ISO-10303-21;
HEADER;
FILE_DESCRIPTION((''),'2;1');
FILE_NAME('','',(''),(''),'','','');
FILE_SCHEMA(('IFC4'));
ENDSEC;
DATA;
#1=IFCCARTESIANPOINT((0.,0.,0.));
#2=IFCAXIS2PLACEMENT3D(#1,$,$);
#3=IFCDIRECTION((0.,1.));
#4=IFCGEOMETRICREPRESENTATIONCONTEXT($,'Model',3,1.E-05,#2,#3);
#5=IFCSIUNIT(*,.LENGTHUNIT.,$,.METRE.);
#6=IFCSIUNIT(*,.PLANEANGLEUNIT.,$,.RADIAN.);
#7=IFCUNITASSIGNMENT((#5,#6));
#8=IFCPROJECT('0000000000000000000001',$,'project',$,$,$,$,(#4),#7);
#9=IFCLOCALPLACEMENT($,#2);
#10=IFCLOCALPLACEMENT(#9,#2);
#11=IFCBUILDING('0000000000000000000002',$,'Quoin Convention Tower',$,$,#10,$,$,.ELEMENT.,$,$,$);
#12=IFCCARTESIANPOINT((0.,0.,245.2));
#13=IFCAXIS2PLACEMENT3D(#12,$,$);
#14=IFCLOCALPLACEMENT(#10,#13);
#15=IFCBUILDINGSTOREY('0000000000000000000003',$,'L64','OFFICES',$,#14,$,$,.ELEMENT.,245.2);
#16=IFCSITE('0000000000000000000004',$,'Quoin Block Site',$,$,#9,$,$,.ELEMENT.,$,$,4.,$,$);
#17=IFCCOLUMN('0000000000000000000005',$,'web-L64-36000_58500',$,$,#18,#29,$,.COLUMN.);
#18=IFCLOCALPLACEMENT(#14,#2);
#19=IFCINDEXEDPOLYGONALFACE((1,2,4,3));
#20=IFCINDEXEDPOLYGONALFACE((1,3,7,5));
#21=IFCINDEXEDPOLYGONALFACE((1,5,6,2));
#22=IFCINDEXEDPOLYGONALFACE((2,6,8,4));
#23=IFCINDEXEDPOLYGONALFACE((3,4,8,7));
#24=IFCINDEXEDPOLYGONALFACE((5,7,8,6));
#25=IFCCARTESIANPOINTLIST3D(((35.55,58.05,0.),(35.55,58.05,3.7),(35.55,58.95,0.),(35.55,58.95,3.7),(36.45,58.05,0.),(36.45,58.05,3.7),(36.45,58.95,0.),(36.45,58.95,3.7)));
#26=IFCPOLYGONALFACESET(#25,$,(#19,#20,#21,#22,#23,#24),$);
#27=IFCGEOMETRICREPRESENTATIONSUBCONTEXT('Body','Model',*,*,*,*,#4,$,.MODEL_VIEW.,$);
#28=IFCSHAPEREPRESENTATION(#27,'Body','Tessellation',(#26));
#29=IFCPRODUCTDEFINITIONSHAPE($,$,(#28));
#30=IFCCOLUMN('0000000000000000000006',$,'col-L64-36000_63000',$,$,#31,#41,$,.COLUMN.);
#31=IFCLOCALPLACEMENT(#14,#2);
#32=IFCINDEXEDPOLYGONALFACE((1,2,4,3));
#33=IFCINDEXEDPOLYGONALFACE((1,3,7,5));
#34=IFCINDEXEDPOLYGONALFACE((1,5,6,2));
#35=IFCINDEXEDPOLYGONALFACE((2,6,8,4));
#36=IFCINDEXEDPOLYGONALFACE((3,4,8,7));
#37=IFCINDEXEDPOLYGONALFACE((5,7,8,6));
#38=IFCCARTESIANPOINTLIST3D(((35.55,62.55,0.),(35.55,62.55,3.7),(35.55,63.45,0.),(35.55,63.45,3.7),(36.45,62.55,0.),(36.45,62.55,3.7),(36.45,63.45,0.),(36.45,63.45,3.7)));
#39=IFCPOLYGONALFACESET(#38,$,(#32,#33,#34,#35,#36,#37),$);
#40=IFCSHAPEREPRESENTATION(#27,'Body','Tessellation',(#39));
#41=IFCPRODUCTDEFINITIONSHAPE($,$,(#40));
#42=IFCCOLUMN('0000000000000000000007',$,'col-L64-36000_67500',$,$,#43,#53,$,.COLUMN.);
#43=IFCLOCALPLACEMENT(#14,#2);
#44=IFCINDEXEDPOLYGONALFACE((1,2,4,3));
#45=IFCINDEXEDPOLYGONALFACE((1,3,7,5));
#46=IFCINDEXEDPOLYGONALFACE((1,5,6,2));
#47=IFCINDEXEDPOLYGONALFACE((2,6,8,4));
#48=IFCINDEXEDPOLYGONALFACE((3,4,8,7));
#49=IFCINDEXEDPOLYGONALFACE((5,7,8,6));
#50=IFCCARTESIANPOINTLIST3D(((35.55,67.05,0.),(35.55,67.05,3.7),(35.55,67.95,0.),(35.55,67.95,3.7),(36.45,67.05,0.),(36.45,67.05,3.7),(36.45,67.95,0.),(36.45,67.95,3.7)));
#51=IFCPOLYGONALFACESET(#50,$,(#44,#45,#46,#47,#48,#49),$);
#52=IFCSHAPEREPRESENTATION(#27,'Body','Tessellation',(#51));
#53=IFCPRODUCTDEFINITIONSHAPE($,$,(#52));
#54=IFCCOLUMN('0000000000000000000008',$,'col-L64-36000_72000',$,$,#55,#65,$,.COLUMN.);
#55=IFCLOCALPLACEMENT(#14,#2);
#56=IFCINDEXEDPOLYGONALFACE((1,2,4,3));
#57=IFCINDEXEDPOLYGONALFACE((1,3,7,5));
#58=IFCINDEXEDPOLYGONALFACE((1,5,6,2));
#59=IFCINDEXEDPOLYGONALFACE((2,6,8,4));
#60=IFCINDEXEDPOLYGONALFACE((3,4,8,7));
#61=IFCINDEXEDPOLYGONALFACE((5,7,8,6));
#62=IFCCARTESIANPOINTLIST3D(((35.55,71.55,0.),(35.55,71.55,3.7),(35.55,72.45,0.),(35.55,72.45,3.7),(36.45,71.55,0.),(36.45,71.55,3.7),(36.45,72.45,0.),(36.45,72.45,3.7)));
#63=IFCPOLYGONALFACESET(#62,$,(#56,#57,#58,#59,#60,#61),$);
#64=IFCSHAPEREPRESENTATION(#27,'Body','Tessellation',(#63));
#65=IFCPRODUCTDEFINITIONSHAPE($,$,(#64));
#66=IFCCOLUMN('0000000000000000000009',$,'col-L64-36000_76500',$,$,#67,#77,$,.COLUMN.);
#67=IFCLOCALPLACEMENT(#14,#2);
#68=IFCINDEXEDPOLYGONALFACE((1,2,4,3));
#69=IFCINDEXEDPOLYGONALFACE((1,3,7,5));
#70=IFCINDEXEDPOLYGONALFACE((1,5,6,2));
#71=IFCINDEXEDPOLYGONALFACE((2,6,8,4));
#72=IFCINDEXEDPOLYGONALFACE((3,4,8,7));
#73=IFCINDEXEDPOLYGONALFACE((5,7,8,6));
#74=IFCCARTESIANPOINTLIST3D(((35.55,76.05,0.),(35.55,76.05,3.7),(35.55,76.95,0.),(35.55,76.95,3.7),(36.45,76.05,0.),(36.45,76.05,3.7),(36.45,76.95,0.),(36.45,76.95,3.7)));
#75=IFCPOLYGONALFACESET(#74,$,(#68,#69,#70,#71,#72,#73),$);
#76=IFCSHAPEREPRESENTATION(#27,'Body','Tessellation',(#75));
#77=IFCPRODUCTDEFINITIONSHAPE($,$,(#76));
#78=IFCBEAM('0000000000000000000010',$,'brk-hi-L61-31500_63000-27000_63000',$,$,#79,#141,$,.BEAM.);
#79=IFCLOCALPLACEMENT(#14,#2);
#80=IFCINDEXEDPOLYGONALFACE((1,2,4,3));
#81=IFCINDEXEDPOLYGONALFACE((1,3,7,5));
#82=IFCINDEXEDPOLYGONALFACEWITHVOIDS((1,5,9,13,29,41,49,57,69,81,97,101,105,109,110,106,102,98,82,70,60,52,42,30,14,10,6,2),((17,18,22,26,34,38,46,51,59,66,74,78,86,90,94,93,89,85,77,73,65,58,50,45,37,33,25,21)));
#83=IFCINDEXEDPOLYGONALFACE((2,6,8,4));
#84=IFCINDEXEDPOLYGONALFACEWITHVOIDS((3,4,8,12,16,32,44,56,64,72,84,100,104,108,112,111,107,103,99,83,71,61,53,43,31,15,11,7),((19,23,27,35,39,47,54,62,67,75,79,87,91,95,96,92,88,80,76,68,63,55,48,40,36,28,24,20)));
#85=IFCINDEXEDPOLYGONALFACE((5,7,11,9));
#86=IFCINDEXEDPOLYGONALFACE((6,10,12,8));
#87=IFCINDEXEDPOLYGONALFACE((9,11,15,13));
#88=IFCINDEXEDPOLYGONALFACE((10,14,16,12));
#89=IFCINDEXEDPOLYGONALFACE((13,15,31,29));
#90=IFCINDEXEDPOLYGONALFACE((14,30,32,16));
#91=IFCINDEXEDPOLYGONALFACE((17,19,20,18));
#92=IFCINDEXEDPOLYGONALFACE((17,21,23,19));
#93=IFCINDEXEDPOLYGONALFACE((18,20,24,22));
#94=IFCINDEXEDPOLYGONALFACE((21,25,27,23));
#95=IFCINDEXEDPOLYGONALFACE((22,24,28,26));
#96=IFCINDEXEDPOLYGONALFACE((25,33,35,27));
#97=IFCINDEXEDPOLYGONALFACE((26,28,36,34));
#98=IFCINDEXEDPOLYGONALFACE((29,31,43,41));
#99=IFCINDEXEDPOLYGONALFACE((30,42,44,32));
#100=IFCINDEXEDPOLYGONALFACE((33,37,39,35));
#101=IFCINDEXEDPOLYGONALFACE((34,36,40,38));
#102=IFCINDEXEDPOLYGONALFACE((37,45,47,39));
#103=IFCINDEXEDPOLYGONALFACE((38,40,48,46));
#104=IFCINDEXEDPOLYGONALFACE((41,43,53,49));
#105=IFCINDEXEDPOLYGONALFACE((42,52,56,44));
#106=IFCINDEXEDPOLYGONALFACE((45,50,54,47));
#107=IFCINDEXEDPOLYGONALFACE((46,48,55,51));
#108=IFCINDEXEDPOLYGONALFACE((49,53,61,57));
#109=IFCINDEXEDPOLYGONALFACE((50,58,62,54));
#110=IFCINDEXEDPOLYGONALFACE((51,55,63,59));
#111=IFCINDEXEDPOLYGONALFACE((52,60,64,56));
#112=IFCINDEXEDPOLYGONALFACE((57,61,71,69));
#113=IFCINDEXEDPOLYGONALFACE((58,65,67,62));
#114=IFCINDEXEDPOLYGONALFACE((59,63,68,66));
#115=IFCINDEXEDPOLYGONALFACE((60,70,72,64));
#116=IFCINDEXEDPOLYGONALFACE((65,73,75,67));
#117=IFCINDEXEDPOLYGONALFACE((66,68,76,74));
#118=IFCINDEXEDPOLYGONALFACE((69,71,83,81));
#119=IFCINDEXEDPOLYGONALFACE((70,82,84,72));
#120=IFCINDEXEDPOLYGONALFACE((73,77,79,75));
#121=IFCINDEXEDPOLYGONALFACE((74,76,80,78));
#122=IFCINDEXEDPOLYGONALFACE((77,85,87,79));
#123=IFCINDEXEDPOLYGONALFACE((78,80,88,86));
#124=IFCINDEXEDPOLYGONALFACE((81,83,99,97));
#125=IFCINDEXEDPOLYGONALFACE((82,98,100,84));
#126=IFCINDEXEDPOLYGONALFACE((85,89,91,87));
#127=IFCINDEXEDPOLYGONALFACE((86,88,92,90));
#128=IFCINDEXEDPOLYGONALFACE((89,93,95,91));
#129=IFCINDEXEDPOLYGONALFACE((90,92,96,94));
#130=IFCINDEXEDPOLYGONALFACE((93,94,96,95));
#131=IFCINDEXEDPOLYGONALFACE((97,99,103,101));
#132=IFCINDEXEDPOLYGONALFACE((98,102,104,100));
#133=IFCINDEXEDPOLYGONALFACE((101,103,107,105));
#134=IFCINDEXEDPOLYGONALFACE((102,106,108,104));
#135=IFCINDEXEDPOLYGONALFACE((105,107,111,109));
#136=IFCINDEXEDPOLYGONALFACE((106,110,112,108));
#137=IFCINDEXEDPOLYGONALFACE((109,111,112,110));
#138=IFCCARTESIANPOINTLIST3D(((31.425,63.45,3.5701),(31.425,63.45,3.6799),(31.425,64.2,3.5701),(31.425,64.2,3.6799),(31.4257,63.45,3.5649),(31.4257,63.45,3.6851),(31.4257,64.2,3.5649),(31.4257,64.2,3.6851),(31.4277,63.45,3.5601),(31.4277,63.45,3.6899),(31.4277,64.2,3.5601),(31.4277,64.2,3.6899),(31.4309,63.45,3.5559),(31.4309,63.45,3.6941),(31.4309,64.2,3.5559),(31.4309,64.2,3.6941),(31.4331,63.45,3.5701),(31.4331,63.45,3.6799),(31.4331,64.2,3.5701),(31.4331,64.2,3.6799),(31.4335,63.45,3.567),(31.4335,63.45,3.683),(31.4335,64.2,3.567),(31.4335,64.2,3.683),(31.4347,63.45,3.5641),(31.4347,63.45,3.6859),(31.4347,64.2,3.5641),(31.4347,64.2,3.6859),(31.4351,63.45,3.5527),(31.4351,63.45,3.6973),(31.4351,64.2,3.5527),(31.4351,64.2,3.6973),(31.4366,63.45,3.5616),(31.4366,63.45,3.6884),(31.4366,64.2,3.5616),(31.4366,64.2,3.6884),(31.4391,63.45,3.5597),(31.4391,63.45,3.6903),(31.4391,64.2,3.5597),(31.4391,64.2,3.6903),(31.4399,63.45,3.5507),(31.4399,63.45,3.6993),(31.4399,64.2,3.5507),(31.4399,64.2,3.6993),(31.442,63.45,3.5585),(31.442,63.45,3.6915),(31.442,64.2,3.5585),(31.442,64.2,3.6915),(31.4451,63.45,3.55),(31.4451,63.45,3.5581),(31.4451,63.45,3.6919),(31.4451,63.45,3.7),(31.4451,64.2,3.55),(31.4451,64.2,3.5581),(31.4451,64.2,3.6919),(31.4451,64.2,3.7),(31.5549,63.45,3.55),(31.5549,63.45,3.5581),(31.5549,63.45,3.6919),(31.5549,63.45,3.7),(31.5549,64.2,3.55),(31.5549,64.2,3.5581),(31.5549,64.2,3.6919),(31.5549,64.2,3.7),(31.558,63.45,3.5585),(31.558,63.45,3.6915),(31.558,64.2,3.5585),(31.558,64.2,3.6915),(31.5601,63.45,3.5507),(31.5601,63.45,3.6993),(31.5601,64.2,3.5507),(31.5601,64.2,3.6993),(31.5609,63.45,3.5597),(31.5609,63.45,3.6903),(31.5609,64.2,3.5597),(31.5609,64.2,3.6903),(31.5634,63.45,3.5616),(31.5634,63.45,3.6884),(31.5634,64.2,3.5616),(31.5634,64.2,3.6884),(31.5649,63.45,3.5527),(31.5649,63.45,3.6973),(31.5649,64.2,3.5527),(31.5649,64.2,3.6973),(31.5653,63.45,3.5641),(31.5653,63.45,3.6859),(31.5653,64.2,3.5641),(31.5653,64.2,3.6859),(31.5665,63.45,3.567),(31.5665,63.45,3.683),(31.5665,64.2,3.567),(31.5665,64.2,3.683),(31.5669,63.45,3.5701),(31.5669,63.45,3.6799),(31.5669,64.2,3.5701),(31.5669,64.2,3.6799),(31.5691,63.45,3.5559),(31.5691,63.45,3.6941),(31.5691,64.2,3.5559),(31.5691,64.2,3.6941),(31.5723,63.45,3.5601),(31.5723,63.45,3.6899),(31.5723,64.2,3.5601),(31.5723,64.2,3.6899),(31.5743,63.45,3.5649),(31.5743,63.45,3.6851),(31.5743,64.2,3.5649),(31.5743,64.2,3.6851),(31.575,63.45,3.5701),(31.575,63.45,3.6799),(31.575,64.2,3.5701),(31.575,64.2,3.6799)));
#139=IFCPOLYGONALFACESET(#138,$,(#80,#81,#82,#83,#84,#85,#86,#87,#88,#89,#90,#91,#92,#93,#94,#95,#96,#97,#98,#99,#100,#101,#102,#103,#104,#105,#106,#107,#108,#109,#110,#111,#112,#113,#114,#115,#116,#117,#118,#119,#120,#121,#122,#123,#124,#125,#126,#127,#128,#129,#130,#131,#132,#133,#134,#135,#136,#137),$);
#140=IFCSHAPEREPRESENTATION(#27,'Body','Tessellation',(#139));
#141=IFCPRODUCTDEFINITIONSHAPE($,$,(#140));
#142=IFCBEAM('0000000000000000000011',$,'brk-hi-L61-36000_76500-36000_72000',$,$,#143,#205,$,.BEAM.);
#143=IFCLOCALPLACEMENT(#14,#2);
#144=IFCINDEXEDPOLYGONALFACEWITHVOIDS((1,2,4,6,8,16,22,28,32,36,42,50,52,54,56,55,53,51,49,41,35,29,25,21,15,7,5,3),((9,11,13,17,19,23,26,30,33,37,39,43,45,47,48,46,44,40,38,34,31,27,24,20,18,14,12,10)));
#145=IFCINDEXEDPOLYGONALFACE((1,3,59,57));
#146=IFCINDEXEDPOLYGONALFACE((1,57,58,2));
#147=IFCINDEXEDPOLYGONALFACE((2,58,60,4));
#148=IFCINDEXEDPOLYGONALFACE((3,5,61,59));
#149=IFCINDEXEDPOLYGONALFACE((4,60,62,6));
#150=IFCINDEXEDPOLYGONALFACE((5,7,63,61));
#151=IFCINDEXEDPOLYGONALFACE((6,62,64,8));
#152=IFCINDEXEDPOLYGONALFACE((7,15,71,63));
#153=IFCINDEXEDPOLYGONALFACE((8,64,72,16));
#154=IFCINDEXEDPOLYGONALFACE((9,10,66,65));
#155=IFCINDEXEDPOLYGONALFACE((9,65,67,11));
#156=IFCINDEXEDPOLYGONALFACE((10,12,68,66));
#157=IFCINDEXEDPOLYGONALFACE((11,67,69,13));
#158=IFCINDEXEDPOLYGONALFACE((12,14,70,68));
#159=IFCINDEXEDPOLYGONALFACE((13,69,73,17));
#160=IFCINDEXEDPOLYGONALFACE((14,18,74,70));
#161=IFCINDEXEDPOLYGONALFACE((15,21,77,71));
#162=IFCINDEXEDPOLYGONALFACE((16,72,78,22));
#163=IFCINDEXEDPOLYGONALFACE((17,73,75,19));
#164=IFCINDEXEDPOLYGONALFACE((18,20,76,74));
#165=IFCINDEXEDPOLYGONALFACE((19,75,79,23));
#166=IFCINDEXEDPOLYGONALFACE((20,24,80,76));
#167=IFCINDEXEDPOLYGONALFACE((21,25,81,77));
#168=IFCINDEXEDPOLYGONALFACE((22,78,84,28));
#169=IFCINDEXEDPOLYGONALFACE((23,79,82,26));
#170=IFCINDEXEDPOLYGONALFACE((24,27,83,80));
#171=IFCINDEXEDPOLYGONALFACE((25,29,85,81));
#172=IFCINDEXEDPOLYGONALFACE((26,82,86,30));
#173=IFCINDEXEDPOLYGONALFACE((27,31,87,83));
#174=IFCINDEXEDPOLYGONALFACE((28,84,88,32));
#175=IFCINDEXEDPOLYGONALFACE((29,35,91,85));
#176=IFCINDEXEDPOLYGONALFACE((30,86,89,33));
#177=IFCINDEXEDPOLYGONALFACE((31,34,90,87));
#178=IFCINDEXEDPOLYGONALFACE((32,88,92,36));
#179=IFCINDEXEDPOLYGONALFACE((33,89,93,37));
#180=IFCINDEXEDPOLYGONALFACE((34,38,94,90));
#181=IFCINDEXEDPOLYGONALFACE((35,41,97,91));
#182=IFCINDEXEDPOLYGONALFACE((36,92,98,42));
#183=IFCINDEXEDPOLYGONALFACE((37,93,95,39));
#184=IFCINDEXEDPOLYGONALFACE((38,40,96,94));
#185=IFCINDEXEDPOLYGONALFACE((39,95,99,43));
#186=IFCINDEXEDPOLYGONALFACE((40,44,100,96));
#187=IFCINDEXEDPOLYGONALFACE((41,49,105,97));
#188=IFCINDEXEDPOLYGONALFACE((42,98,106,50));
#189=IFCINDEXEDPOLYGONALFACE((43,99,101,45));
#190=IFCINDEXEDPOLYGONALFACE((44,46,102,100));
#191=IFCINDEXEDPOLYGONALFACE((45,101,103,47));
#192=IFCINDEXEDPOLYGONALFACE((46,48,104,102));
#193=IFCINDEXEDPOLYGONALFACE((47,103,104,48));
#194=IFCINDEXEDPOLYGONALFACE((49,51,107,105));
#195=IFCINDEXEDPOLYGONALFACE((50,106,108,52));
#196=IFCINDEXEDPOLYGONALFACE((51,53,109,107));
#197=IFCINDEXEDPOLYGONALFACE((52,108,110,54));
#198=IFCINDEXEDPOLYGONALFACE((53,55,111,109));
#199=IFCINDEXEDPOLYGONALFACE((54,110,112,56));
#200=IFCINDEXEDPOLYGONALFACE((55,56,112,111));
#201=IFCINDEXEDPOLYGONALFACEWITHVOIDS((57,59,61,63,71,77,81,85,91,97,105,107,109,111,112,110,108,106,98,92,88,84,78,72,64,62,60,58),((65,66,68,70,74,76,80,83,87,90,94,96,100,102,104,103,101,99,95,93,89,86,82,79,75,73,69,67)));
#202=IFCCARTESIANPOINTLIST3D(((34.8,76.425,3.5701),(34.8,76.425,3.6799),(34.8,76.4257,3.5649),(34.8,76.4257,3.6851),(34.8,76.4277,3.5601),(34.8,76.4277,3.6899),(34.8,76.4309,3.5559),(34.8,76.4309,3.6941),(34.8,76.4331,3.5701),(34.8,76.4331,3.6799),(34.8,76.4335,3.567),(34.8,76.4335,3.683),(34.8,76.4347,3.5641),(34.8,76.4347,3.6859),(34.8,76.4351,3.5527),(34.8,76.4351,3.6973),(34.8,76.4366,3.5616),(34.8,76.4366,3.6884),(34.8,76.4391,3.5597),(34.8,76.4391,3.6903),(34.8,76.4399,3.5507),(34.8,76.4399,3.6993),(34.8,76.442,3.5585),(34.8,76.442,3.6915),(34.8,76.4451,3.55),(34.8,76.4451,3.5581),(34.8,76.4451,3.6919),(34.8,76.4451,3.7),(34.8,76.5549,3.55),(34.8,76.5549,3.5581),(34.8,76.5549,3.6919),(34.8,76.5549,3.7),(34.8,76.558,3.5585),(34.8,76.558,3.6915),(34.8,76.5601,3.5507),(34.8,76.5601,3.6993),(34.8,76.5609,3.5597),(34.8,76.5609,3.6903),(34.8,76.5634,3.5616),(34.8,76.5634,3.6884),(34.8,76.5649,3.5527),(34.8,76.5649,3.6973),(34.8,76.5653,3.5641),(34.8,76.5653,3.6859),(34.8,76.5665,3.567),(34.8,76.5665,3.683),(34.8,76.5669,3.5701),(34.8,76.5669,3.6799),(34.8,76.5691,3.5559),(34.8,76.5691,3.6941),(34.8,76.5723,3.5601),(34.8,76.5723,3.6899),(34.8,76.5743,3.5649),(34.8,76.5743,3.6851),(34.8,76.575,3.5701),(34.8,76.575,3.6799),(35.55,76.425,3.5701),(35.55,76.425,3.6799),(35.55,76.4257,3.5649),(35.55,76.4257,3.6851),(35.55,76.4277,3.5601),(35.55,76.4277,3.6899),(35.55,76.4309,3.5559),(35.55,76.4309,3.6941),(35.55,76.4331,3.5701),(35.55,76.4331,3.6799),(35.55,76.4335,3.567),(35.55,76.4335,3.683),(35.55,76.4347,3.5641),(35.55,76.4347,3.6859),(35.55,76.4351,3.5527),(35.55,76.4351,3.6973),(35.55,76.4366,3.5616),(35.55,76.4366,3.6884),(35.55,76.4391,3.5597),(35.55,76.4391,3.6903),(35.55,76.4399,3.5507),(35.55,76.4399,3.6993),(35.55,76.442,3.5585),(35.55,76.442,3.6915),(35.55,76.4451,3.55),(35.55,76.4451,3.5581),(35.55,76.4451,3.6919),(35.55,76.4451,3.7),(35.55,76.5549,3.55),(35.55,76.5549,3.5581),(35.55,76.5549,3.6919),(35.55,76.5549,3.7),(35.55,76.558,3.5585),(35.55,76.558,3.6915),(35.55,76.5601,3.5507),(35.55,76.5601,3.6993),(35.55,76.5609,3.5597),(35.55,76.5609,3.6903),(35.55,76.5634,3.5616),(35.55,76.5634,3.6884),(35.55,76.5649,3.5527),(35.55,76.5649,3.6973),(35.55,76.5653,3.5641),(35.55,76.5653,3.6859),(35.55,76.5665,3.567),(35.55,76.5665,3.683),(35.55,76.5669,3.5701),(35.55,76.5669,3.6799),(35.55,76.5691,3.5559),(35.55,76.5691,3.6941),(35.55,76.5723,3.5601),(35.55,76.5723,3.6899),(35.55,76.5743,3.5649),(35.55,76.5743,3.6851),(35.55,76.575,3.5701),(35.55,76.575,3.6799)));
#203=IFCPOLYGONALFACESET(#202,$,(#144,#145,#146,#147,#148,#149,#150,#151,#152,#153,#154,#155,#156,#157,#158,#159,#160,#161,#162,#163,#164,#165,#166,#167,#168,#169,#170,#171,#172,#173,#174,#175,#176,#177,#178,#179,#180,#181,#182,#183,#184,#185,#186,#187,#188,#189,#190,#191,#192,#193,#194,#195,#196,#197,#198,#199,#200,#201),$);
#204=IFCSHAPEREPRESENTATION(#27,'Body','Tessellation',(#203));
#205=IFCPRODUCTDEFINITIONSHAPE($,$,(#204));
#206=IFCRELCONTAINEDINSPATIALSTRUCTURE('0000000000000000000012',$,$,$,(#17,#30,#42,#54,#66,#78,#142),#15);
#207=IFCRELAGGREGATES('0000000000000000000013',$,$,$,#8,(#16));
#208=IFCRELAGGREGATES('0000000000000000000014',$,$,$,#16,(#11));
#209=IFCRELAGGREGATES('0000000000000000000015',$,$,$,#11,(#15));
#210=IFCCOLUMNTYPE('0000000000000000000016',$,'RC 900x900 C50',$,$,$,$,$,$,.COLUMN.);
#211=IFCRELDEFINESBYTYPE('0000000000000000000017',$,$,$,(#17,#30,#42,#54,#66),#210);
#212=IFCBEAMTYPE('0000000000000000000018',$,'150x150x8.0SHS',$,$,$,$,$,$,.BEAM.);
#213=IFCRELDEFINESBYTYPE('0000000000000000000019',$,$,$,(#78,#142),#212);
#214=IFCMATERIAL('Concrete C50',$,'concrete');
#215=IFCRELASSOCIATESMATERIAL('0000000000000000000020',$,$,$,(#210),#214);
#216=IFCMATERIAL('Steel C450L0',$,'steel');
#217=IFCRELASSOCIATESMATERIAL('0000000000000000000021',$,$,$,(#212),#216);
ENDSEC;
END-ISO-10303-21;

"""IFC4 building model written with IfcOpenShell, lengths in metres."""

from ifc_helpers import new_model, si_unit, direction, frame, origin, origin_2d, place, context, subcontext, project, spatial, rectangle, hollow_rectangle, extrude, material, material_profile, profile_set, type_object, element, save


model = new_model("IFC4")

# Units and contexts
model_context = context("Model", 3, precision=1e-05, world=origin(), true_north=direction((0.0, 1.0)))
body_context = subcontext(model_context, "Body", "Model", "MODEL_VIEW")
ifc_project = project(units=[si_unit("LENGTHUNIT", "METRE"), si_unit("PLANEANGLEUNIT", "RADIAN")], contexts=[model_context])

# Site, building, storey
site_placement = place(None, origin())
site = spatial("IfcSite", under=ifc_project, at=site_placement, Name="Quoin Block Site", CompositionType="ELEMENT", RefElevation=4.0)
building_placement = place(site_placement, origin())
building = spatial("IfcBuilding", under=site, at=building_placement, Name="Quoin Convention Tower", CompositionType="ELEMENT")
storey_placement = place(building_placement, frame((0.0, 0.0, 245.2)))
storey = spatial("IfcBuildingStorey", under=building, at=storey_placement, Name="L64", Description="OFFICES", CompositionType="ELEMENT", Elevation=245.2)

# Columns
ifc_material_1 = material(Name="Concrete C50", Category="concrete")
ifc_material_profile_1 = material_profile(ifc_material_1, rectangle(XDim=0.8999, YDim=0.8999, at=origin_2d()), Name="RC 900x900")
ifc_profile_set_1 = profile_set([ifc_material_profile_1], Name="Concrete C50")
column_type = type_object("IfcColumnType", Name="RC 900x900 C50", PredefinedType="COLUMN", material=ifc_profile_set_1)
for number, where, z_axis, x_axis, name in (
    (1, (36.0, 58.5, 0.0), (0.0, 0.0, 1.0), (1.0, 0.0, 0.0), "web-L64-36000_58500"),
    (2, (36.0, 63.0, 0.0), (0.0, 0.0, 1.0), (1.0, 0.0, 0.0), "col-L64-36000_63000"),
    (3, (36.0, 67.5, 0.0), (0.0, 0.0, 1.0), (1.0, 0.0, 0.0), "col-L64-36000_67500"),
    (4, (36.0, 72.0, 0.0), (0.0, 0.0, 1.0), (1.0, 0.0, 0.0), "col-L64-36000_72000"),
    (5, (36.0, 76.5, 0.0), (0.0, 0.0, 1.0), (1.0, 0.0, 0.0), "col-L64-36000_76500"),
):
    element("IfcColumn", number, at=place(storey_placement, frame(where, z_axis=z_axis, x_axis=x_axis)), inside=storey, type_object=column_type, Name=name, PredefinedType="COLUMN", context=body_context, shape_type="SweptSolid", body=[
        extrude(rectangle(XDim=0.8999, YDim=0.8999, at=origin_2d()), origin(), (0.0, 0.0, 1.0), 3.7),
    ])

# Beams
ifc_material_2 = material(Name="Steel C450L0", Category="steel")
ifc_material_profile_2 = material_profile(ifc_material_2, hollow_rectangle(XDim=0.1499, YDim=0.1499, WallThickness=0.0081, InnerFilletRadius=0.012, OuterFilletRadius=0.02, at=origin_2d()), Name="150x150x8.0SHS")
ifc_profile_set_2 = profile_set([ifc_material_profile_2], Name="Steel C450L0")
beam_type_1 = type_object("IfcBeamType", Name="150x150x8.0SHS", PredefinedType="BEAM", material=ifc_profile_set_2)
for number, where, z_axis, x_axis, name in (
    (6, (31.5, 63.45, 3.625), (0.0, 1.0, 0.0), (-1.0, 0.0, 0.0), "brk-hi-L61-31500_63000-27000_63000"),
    (7, (35.55, 76.5, 3.625), (-1.0, 0.0, 0.0), (0.0, -1.0, 0.0), "brk-hi-L61-36000_76500-36000_72000"),
):
    element("IfcBeam", number, at=place(storey_placement, frame(where, z_axis=z_axis, x_axis=x_axis)), inside=storey, type_object=beam_type_1, Name=name, PredefinedType="BEAM", context=body_context, shape_type="SweptSolid", body=[
        extrude(hollow_rectangle(XDim=0.1499, YDim=0.1499, WallThickness=0.0081, InnerFilletRadius=0.012, OuterFilletRadius=0.02, at=origin_2d()), origin(), (0.0, 0.0, 1.0), 0.75),
    ])

save(model, "model.ifc")
